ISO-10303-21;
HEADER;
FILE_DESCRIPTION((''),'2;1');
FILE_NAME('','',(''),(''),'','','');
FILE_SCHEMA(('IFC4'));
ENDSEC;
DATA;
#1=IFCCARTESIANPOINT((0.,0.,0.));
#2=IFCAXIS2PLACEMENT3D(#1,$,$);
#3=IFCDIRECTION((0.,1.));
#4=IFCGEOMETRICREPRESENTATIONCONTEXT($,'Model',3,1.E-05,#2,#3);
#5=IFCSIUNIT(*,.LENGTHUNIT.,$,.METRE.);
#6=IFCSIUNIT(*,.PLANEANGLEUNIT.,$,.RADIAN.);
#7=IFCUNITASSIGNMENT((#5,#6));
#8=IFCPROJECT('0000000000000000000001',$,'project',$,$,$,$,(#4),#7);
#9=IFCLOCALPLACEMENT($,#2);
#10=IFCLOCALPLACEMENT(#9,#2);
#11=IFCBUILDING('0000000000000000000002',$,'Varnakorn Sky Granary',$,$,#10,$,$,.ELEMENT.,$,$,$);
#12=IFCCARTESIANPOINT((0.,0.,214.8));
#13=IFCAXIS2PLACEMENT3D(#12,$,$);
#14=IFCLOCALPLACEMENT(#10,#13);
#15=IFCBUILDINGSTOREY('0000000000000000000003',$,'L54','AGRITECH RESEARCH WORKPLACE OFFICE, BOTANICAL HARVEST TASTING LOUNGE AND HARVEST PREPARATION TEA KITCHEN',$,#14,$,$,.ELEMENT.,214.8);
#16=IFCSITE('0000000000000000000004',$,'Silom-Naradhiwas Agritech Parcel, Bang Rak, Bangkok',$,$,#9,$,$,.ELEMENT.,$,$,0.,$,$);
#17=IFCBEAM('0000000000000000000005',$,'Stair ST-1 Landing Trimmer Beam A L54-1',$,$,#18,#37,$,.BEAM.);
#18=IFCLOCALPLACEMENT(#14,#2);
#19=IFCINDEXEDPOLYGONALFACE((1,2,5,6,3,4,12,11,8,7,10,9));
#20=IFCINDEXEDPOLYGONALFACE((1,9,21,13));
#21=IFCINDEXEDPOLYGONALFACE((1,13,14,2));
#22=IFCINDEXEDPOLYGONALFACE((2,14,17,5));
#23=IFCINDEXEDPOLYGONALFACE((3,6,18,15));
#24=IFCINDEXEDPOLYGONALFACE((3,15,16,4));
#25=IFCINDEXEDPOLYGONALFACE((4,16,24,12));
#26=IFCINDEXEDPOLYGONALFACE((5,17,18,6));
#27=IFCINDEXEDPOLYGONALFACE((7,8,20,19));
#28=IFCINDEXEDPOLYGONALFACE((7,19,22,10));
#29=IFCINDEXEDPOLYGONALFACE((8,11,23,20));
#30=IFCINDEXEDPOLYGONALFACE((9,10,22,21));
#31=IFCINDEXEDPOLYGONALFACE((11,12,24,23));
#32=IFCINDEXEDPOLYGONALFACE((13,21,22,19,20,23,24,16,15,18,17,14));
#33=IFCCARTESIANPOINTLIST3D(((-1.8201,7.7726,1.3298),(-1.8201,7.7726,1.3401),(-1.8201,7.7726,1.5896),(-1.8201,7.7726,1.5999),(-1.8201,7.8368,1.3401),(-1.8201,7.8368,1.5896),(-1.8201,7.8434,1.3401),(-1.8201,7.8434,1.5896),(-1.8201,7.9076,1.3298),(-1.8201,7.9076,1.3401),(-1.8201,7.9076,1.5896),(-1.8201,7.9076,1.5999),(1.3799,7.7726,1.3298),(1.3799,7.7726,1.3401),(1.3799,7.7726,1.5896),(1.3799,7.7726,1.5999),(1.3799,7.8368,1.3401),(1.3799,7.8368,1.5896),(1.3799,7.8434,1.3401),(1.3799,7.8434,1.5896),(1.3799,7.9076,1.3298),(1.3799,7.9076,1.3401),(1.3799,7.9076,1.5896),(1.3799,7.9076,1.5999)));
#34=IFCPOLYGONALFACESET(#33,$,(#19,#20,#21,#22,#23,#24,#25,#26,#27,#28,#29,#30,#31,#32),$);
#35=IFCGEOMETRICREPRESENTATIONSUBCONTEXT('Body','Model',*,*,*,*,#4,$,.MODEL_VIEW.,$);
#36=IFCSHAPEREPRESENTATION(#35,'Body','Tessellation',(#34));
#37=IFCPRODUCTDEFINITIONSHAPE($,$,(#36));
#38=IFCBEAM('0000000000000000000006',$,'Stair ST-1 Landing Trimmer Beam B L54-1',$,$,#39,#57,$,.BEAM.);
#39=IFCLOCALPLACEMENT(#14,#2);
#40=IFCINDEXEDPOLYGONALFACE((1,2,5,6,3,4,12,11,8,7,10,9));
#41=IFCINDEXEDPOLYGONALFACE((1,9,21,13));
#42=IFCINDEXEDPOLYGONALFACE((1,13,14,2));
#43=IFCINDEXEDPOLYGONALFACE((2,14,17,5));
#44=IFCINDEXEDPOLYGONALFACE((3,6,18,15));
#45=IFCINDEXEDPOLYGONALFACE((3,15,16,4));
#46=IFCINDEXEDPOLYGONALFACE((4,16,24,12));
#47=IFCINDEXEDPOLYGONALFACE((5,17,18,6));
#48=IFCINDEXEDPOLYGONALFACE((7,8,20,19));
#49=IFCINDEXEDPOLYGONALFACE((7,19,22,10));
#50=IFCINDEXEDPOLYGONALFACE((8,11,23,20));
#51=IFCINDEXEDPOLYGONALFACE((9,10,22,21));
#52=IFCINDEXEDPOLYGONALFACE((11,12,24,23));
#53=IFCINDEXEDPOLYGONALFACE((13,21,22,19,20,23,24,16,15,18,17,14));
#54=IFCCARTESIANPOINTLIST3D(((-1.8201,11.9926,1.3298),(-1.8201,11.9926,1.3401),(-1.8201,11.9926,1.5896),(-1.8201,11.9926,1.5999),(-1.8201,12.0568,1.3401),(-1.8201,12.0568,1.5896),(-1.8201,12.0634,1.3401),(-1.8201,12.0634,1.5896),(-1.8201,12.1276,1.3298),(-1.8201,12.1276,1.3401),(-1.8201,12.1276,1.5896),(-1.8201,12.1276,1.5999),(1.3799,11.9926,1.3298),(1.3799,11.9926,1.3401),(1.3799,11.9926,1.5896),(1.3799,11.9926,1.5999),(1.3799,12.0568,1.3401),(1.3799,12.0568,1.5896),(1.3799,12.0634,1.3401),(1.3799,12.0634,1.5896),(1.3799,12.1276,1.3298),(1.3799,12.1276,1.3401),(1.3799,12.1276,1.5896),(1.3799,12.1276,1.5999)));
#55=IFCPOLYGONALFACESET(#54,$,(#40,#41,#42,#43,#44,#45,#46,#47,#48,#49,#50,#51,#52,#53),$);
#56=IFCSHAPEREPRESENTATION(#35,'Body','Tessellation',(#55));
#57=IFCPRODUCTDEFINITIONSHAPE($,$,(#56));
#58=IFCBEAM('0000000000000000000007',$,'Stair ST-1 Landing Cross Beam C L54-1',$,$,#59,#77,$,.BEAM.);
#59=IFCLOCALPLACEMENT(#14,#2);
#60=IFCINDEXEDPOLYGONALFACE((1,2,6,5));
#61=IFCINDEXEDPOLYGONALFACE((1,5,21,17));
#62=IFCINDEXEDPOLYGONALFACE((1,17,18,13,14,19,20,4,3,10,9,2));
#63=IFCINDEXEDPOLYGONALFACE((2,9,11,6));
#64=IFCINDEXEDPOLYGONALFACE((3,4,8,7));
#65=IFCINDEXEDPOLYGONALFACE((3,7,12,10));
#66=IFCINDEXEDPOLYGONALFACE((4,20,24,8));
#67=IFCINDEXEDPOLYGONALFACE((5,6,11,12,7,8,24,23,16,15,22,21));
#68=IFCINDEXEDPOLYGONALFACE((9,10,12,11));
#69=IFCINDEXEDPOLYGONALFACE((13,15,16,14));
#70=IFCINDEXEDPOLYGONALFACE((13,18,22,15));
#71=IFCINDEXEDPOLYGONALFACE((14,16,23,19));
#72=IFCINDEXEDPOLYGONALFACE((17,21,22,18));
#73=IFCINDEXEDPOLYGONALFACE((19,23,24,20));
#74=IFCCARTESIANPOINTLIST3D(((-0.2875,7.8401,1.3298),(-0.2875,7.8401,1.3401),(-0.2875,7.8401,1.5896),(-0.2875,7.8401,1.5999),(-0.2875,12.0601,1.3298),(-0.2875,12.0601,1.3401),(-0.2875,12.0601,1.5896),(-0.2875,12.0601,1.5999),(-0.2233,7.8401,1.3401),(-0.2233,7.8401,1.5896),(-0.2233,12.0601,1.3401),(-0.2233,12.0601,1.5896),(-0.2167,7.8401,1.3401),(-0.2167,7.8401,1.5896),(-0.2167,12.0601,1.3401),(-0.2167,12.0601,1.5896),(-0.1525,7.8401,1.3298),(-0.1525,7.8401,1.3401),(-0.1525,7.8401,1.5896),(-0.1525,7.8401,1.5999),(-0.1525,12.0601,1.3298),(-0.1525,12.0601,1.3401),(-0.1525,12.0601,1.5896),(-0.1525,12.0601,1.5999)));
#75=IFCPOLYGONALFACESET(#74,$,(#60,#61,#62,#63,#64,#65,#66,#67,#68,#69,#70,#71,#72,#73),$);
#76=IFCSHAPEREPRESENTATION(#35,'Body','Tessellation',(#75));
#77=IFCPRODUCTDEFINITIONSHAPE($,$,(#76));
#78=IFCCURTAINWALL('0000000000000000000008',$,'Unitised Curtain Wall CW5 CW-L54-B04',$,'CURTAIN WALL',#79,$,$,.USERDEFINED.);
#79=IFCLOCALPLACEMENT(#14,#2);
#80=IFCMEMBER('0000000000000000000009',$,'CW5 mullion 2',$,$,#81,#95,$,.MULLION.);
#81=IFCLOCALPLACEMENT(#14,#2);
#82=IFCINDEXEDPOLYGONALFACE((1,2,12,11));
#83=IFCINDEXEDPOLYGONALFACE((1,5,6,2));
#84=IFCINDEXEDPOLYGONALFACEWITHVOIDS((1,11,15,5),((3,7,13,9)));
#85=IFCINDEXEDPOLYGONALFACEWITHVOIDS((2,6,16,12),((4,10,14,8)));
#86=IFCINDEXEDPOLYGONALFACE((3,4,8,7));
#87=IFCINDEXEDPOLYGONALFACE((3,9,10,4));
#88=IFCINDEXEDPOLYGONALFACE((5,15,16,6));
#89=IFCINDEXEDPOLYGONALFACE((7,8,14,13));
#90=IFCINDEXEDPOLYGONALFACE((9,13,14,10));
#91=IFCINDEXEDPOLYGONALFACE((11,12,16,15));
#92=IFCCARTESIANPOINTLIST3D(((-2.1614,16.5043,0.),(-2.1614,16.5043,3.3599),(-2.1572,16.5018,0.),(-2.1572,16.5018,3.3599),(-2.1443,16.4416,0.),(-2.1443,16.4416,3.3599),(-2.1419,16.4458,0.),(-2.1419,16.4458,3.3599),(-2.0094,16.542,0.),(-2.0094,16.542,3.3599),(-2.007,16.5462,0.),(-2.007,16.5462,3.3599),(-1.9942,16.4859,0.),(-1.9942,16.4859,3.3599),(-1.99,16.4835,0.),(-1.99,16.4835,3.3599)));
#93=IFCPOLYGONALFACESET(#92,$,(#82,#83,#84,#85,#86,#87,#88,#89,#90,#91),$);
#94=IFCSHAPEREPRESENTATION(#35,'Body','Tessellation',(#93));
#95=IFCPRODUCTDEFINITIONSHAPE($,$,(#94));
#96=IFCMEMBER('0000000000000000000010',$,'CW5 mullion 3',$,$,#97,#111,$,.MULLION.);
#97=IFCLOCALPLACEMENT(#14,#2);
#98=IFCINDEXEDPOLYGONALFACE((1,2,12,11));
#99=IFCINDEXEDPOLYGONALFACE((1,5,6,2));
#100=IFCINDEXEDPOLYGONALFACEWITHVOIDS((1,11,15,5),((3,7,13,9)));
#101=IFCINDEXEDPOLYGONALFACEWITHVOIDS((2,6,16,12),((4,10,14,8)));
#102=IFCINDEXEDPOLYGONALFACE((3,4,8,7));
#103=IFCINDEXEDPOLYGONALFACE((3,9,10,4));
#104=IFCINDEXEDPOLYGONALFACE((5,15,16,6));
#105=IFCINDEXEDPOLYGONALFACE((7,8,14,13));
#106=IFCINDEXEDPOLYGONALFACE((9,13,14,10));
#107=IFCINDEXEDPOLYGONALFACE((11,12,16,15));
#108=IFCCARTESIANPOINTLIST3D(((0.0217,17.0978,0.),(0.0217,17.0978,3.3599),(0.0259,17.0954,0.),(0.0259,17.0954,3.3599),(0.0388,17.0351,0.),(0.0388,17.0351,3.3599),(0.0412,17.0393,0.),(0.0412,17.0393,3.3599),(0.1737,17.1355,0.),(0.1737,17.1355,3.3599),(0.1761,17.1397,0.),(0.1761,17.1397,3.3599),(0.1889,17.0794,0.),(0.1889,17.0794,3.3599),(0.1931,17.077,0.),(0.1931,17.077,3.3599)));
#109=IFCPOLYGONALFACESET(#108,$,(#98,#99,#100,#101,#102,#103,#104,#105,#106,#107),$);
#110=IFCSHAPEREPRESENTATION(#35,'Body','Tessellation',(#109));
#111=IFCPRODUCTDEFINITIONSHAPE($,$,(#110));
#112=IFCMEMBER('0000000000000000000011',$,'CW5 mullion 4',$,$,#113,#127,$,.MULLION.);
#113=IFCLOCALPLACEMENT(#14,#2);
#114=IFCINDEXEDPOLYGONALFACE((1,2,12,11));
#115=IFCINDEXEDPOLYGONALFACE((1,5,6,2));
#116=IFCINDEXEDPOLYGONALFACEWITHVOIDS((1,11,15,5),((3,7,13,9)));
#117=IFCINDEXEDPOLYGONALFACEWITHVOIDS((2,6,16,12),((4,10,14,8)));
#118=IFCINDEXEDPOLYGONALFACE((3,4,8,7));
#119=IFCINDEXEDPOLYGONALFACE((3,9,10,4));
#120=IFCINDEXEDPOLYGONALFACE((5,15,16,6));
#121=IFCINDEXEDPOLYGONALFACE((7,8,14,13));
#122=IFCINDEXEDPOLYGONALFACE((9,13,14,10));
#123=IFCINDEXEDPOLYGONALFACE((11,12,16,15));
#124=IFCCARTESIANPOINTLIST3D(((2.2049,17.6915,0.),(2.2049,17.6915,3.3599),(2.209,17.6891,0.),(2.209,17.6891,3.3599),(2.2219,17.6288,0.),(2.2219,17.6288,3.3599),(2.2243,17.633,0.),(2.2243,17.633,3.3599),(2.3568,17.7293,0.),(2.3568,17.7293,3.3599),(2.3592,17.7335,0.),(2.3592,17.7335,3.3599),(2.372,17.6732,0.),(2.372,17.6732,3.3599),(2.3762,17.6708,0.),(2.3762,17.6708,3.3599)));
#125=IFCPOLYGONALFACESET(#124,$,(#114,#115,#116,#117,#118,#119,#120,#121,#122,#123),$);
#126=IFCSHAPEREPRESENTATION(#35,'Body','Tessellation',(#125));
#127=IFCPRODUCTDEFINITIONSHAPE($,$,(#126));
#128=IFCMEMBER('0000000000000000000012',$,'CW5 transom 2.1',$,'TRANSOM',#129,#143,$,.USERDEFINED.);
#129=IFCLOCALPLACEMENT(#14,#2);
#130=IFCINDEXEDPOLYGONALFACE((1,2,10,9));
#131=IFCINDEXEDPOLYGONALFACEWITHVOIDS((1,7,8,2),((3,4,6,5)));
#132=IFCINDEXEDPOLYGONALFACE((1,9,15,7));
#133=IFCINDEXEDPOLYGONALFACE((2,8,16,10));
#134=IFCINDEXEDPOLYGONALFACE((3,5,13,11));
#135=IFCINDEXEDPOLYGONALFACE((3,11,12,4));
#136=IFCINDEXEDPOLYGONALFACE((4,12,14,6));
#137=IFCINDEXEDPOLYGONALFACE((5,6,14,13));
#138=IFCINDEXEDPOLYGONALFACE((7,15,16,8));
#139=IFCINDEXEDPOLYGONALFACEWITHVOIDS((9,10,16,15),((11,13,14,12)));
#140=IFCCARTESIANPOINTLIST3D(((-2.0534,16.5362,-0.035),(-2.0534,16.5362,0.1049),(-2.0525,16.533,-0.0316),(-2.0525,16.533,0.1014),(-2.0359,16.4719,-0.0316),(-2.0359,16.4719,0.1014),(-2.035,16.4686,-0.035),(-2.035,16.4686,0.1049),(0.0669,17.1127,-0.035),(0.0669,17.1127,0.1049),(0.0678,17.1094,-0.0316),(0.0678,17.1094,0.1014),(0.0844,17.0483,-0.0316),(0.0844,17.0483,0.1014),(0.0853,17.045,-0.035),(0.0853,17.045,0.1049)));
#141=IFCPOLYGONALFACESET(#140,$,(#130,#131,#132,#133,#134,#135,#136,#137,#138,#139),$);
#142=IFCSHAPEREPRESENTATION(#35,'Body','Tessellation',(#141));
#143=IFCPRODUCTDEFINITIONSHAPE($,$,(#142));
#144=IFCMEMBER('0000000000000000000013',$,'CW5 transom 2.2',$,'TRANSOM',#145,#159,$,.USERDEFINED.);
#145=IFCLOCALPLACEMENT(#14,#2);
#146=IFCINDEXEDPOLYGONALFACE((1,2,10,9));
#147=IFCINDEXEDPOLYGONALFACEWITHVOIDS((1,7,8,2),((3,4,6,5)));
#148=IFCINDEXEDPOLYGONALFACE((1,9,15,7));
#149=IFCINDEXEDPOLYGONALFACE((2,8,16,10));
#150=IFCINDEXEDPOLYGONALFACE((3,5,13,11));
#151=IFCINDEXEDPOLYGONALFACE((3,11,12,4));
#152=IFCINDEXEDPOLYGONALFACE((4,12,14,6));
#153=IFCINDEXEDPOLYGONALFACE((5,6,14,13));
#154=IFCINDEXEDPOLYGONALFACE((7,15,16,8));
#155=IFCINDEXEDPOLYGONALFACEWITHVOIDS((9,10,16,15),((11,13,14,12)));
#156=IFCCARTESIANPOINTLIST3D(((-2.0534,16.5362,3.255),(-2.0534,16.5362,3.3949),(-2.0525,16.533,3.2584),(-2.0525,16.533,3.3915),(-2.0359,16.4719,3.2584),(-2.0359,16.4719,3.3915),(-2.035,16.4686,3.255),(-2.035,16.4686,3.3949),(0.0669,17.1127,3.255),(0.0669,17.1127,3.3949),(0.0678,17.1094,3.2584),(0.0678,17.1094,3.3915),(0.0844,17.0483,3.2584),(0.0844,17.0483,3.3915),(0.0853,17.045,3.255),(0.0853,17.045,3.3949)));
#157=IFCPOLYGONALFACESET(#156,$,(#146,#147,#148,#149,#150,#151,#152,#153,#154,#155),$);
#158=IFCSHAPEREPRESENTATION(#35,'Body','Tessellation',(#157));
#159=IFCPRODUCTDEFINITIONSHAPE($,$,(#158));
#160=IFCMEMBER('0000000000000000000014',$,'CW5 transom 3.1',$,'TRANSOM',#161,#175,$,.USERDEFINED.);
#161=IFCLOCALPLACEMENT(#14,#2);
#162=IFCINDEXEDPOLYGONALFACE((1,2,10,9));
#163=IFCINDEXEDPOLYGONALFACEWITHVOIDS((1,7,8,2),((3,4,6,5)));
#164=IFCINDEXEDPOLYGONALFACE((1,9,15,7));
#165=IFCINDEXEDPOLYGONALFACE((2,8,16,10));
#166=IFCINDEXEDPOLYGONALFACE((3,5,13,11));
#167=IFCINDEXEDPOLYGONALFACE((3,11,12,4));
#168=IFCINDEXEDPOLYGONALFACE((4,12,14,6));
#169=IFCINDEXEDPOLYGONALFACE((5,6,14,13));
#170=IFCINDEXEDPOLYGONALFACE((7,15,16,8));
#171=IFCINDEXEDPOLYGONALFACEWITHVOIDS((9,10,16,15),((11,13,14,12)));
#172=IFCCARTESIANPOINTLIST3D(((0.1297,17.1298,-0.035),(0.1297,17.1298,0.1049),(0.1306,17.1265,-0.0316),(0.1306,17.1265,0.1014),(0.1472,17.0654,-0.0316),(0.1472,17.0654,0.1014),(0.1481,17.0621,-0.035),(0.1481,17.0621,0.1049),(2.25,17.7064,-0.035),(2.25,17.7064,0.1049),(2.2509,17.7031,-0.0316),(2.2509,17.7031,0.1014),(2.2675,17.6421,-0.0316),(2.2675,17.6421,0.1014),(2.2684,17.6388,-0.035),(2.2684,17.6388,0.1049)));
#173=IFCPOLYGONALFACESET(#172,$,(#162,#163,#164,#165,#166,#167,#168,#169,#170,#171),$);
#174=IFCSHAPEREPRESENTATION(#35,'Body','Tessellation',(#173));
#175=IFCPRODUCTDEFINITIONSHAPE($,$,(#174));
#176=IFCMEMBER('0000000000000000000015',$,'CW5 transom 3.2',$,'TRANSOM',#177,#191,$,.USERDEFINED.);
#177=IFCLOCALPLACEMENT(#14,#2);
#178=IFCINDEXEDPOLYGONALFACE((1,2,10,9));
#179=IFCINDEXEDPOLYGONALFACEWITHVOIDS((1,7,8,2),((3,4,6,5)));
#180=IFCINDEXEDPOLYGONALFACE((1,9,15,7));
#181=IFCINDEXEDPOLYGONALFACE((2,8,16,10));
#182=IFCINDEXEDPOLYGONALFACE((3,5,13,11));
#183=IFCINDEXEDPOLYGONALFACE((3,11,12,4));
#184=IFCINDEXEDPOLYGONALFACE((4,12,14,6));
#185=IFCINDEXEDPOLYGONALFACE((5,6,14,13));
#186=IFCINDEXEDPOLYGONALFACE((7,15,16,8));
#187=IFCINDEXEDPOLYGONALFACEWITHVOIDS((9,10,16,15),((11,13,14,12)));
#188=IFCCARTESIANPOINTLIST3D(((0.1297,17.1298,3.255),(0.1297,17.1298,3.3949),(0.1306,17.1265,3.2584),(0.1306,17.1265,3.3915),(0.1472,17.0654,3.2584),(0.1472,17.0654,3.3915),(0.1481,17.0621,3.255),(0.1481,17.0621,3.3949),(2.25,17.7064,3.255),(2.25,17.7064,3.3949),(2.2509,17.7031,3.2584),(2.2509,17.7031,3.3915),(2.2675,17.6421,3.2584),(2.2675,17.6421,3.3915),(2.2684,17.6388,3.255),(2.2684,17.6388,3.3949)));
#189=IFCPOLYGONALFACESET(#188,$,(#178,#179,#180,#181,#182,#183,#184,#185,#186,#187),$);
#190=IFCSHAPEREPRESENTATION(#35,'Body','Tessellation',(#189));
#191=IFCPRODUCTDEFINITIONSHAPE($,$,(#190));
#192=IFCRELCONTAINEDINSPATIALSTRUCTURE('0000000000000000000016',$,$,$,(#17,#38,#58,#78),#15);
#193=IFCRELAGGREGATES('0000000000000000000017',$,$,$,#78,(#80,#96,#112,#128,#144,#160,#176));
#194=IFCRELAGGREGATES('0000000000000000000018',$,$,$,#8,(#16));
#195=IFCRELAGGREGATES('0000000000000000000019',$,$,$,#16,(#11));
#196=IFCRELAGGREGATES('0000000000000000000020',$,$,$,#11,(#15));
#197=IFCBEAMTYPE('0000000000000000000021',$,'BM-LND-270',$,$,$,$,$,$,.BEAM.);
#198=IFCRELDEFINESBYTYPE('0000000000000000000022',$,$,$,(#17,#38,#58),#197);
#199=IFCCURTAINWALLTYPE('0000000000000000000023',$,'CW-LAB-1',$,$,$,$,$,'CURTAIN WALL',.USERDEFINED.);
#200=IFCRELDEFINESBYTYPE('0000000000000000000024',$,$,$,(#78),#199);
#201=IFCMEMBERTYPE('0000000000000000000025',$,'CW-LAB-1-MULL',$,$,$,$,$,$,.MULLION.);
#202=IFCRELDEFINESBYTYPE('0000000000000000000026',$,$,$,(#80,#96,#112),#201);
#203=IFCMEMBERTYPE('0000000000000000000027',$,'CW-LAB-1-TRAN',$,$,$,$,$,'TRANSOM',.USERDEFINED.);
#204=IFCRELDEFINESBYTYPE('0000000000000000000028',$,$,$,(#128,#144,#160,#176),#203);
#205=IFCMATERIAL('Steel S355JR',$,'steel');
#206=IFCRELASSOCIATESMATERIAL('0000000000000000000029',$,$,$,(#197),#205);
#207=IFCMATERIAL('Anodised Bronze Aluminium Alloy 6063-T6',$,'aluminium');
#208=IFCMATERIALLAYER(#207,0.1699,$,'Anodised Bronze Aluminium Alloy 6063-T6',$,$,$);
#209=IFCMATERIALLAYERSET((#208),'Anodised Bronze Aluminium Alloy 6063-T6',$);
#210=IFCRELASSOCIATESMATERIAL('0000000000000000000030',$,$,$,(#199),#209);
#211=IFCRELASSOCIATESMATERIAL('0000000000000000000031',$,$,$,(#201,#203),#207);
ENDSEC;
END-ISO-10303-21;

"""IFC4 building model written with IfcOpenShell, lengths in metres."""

from ifc_helpers import new_model, si_unit, direction, frame, origin, origin_2d, place, context, subcontext, project, spatial, hollow_rectangle, i_section, extrude, material, layer, layer_set, material_profile, profile_set, type_object, element, aggregate, save


model = new_model("IFC4")

# Units and contexts
model_context = context("Model", 3, precision=1e-05, world=origin(), true_north=direction((0.0, 1.0)))
body_context = subcontext(model_context, "Body", "Model", "MODEL_VIEW")
ifc_project = project(units=[si_unit("LENGTHUNIT", "METRE"), si_unit("PLANEANGLEUNIT", "RADIAN")], contexts=[model_context])

# Site, building, storey
site_placement = place(None, origin())
site = spatial("IfcSite", under=ifc_project, at=site_placement, Name="Silom-Naradhiwas Agritech Parcel, Bang Rak, Bangkok", CompositionType="ELEMENT", RefElevation=0.0)
building_placement = place(site_placement, origin())
building = spatial("IfcBuilding", under=site, at=building_placement, Name="Varnakorn Sky Granary", CompositionType="ELEMENT")
storey_placement = place(building_placement, frame((0.0, 0.0, 214.8)))
storey = spatial("IfcBuildingStorey", under=building, at=storey_placement, Name="L54", Description="AGRITECH RESEARCH WORKPLACE OFFICE, BOTANICAL HARVEST TASTING LOUNGE AND HARVEST PREPARATION TEA KITCHEN", CompositionType="ELEMENT", Elevation=214.8)

# Beams
ifc_material_1 = material(Name="Steel S355JR", Category="steel")
ifc_material_profile_1 = material_profile(ifc_material_1, i_section(OverallWidth=0.135, OverallDepth=0.27, WebThickness=0.0066, FlangeThickness=0.0103, at=origin_2d()), Name="IPE 270")
ifc_profile_set_1 = profile_set([ifc_material_profile_1], Name="Steel S355JR")
beam_type = type_object("IfcBeamType", Name="BM-LND-270", PredefinedType="BEAM", material=ifc_profile_set_1)
for number, where, z_axis, x_axis, name in (
    (1, (-1.8201, 7.8401, 1.4648), (1.0, 0.0, 0.0), (0.0, 1.0, 0.0), "Stair ST-1 Landing Trimmer Beam A L54-1"),
    (2, (-1.8201, 12.0601, 1.4648), (1.0, 0.0, 0.0), (0.0, 1.0, 0.0), "Stair ST-1 Landing Trimmer Beam B L54-1"),
):
    element("IfcBeam", number, at=place(storey_placement, frame(where, z_axis=z_axis, x_axis=x_axis)), inside=storey, type_object=beam_type, Name=name, PredefinedType="BEAM", context=body_context, shape_type="SweptSolid", body=[
        extrude(i_section(OverallWidth=0.135, OverallDepth=0.27, WebThickness=0.0066, FlangeThickness=0.0103, at=origin_2d()), origin(), (0.0, 0.0, 1.0), 3.2),
    ])
beam_placement = place(storey_placement, frame((-0.22, 7.8401, 1.4648), z_axis=(0.0, 1.0, 0.0), x_axis=(-1.0, 0.0, 0.0)))
element("IfcBeam", 3, at=beam_placement, inside=storey, type_object=beam_type, Name="Stair ST-1 Landing Cross Beam C L54-1", PredefinedType="BEAM", context=body_context, shape_type="SweptSolid", body=[
    extrude(i_section(OverallWidth=0.135, OverallDepth=0.27, WebThickness=0.0066, FlangeThickness=0.0103, at=origin_2d()), origin(), (0.0, 0.0, 1.0), 4.22),
])

# Curtain wall, members
ifc_material_2 = material(Name="Anodised Bronze Aluminium Alloy 6063-T6", Category="aluminium")
ifc_layer_1 = layer(ifc_material_2, 0.1699, Name="Anodised Bronze Aluminium Alloy 6063-T6")
ifc_layer_set_1 = layer_set([ifc_layer_1], Name="Anodised Bronze Aluminium Alloy 6063-T6")
curtain_wall_type = type_object("IfcCurtainWallType", Name="CW-LAB-1", ElementType="CURTAIN WALL", PredefinedType="USERDEFINED", material=ifc_layer_set_1)
curtain_wall_placement = place(storey_placement, origin())
curtain_wall = element("IfcCurtainWall", 4, at=curtain_wall_placement, inside=storey, type_object=curtain_wall_type, Name="Unitised Curtain Wall CW5 CW-L54-B04", ObjectType="CURTAIN WALL", PredefinedType="USERDEFINED")
ifc_material_profile_2 = material_profile(ifc_material_2, hollow_rectangle(XDim=0.0649, YDim=0.1599, WallThickness=0.0034, at=origin_2d()), Name="ALU MULL 65x160")
ifc_profile_set_2 = profile_set([ifc_material_profile_2], Name="Anodised Bronze Aluminium Alloy 6063-T6")
member_type_1 = type_object("IfcMemberType", Name="CW-LAB-1-MULL", PredefinedType="MULLION", material=ifc_profile_set_2)
member_1_placement = place(storey_placement, frame((-2.0757, 16.4939, 0.0), z_axis=(0.0, 0.0, 1.0), x_axis=(-0.262381, 0.964964, 0.0)))
member_1 = element("IfcMember", 5, at=member_1_placement, type_object=member_type_1, Name="CW5 mullion 2", PredefinedType="MULLION", context=body_context, shape_type="SweptSolid", body=[
    extrude(hollow_rectangle(XDim=0.0649, YDim=0.1599, WallThickness=0.0034, at=origin_2d()), origin(), (0.0, 0.0, 1.0), 3.3599),
])
member_2_placement = place(storey_placement, frame((0.1074, 17.0874, 0.0), z_axis=(0.0, 0.0, 1.0), x_axis=(-0.262381, 0.964964, 0.0)))
member_2 = element("IfcMember", 6, at=member_2_placement, type_object=member_type_1, Name="CW5 mullion 3", PredefinedType="MULLION", context=body_context, shape_type="SweptSolid", body=[
    extrude(hollow_rectangle(XDim=0.0649, YDim=0.1599, WallThickness=0.0034, at=origin_2d()), origin(), (0.0, 0.0, 1.0), 3.3599),
])
member_3_placement = place(storey_placement, frame((2.2905, 17.6812, 0.0), z_axis=(0.0, 0.0, 1.0), x_axis=(-0.262381, 0.964964, 0.0)))
member_3 = element("IfcMember", 7, at=member_3_placement, type_object=member_type_1, Name="CW5 mullion 4", PredefinedType="MULLION", context=body_context, shape_type="SweptSolid", body=[
    extrude(hollow_rectangle(XDim=0.0649, YDim=0.1599, WallThickness=0.0034, at=origin_2d()), origin(), (0.0, 0.0, 1.0), 3.3599),
])
ifc_material_profile_3 = material_profile(ifc_material_2, hollow_rectangle(XDim=0.0701, YDim=0.1399, WallThickness=0.0034, at=origin_2d()), Name="ALU TRAN 70x140")
ifc_profile_set_3 = profile_set([ifc_material_profile_3], Name="Anodised Bronze Aluminium Alloy 6063-T6")
member_type_2 = type_object("IfcMemberType", Name="CW-LAB-1-TRAN", ElementType="TRANSOM", PredefinedType="USERDEFINED", material=ifc_profile_set_3)
member_4_placement = place(storey_placement, frame((-2.0442, 16.5024, 0.0349), z_axis=(0.964979, 0.262328, 0.0), x_axis=(-0.262328, 0.964979, 0.0)))
member_4 = element("IfcMember", 8, at=member_4_placement, type_object=member_type_2, Name="CW5 transom 2.1", ObjectType="TRANSOM", PredefinedType="USERDEFINED", context=body_context, shape_type="SweptSolid", body=[
    extrude(hollow_rectangle(XDim=0.0701, YDim=0.1399, WallThickness=0.0034, at=origin_2d()), origin(), (0.0, 0.0, 1.0), 2.1973),
])
member_5_placement = place(storey_placement, frame((-2.0442, 16.5024, 3.325), z_axis=(0.964979, 0.262328, 0.0), x_axis=(-0.262328, 0.964979, 0.0)))
member_5 = element("IfcMember", 9, at=member_5_placement, type_object=member_type_2, Name="CW5 transom 2.2", ObjectType="TRANSOM", PredefinedType="USERDEFINED", context=body_context, shape_type="SweptSolid", body=[
    extrude(hollow_rectangle(XDim=0.0701, YDim=0.1399, WallThickness=0.0034, at=origin_2d()), origin(), (0.0, 0.0, 1.0), 2.1973),
])
member_6_placement = place(storey_placement, frame((0.1389, 17.0959, 0.0349), z_axis=(0.964951, 0.262431, 0.0), x_axis=(-0.262431, 0.964951, 0.0)))
member_6 = element("IfcMember", 10, at=member_6_placement, type_object=member_type_2, Name="CW5 transom 3.1", ObjectType="TRANSOM", PredefinedType="USERDEFINED", context=body_context, shape_type="SweptSolid", body=[
    extrude(hollow_rectangle(XDim=0.0701, YDim=0.1399, WallThickness=0.0034, at=origin_2d()), origin(), (0.0, 0.0, 1.0), 2.1973),
])
member_7_placement = place(storey_placement, frame((0.1389, 17.0959, 3.325), z_axis=(0.964951, 0.262431, 0.0), x_axis=(-0.262431, 0.964951, 0.0)))
member_7 = element("IfcMember", 11, at=member_7_placement, type_object=member_type_2, Name="CW5 transom 3.2", ObjectType="TRANSOM", PredefinedType="USERDEFINED", context=body_context, shape_type="SweptSolid", body=[
    extrude(hollow_rectangle(XDim=0.0701, YDim=0.1399, WallThickness=0.0034, at=origin_2d()), origin(), (0.0, 0.0, 1.0), 2.1973),
])
aggregate(curtain_wall, [member_1, member_2, member_3, member_4, member_5, member_6, member_7])

save(model, "model.ifc")
